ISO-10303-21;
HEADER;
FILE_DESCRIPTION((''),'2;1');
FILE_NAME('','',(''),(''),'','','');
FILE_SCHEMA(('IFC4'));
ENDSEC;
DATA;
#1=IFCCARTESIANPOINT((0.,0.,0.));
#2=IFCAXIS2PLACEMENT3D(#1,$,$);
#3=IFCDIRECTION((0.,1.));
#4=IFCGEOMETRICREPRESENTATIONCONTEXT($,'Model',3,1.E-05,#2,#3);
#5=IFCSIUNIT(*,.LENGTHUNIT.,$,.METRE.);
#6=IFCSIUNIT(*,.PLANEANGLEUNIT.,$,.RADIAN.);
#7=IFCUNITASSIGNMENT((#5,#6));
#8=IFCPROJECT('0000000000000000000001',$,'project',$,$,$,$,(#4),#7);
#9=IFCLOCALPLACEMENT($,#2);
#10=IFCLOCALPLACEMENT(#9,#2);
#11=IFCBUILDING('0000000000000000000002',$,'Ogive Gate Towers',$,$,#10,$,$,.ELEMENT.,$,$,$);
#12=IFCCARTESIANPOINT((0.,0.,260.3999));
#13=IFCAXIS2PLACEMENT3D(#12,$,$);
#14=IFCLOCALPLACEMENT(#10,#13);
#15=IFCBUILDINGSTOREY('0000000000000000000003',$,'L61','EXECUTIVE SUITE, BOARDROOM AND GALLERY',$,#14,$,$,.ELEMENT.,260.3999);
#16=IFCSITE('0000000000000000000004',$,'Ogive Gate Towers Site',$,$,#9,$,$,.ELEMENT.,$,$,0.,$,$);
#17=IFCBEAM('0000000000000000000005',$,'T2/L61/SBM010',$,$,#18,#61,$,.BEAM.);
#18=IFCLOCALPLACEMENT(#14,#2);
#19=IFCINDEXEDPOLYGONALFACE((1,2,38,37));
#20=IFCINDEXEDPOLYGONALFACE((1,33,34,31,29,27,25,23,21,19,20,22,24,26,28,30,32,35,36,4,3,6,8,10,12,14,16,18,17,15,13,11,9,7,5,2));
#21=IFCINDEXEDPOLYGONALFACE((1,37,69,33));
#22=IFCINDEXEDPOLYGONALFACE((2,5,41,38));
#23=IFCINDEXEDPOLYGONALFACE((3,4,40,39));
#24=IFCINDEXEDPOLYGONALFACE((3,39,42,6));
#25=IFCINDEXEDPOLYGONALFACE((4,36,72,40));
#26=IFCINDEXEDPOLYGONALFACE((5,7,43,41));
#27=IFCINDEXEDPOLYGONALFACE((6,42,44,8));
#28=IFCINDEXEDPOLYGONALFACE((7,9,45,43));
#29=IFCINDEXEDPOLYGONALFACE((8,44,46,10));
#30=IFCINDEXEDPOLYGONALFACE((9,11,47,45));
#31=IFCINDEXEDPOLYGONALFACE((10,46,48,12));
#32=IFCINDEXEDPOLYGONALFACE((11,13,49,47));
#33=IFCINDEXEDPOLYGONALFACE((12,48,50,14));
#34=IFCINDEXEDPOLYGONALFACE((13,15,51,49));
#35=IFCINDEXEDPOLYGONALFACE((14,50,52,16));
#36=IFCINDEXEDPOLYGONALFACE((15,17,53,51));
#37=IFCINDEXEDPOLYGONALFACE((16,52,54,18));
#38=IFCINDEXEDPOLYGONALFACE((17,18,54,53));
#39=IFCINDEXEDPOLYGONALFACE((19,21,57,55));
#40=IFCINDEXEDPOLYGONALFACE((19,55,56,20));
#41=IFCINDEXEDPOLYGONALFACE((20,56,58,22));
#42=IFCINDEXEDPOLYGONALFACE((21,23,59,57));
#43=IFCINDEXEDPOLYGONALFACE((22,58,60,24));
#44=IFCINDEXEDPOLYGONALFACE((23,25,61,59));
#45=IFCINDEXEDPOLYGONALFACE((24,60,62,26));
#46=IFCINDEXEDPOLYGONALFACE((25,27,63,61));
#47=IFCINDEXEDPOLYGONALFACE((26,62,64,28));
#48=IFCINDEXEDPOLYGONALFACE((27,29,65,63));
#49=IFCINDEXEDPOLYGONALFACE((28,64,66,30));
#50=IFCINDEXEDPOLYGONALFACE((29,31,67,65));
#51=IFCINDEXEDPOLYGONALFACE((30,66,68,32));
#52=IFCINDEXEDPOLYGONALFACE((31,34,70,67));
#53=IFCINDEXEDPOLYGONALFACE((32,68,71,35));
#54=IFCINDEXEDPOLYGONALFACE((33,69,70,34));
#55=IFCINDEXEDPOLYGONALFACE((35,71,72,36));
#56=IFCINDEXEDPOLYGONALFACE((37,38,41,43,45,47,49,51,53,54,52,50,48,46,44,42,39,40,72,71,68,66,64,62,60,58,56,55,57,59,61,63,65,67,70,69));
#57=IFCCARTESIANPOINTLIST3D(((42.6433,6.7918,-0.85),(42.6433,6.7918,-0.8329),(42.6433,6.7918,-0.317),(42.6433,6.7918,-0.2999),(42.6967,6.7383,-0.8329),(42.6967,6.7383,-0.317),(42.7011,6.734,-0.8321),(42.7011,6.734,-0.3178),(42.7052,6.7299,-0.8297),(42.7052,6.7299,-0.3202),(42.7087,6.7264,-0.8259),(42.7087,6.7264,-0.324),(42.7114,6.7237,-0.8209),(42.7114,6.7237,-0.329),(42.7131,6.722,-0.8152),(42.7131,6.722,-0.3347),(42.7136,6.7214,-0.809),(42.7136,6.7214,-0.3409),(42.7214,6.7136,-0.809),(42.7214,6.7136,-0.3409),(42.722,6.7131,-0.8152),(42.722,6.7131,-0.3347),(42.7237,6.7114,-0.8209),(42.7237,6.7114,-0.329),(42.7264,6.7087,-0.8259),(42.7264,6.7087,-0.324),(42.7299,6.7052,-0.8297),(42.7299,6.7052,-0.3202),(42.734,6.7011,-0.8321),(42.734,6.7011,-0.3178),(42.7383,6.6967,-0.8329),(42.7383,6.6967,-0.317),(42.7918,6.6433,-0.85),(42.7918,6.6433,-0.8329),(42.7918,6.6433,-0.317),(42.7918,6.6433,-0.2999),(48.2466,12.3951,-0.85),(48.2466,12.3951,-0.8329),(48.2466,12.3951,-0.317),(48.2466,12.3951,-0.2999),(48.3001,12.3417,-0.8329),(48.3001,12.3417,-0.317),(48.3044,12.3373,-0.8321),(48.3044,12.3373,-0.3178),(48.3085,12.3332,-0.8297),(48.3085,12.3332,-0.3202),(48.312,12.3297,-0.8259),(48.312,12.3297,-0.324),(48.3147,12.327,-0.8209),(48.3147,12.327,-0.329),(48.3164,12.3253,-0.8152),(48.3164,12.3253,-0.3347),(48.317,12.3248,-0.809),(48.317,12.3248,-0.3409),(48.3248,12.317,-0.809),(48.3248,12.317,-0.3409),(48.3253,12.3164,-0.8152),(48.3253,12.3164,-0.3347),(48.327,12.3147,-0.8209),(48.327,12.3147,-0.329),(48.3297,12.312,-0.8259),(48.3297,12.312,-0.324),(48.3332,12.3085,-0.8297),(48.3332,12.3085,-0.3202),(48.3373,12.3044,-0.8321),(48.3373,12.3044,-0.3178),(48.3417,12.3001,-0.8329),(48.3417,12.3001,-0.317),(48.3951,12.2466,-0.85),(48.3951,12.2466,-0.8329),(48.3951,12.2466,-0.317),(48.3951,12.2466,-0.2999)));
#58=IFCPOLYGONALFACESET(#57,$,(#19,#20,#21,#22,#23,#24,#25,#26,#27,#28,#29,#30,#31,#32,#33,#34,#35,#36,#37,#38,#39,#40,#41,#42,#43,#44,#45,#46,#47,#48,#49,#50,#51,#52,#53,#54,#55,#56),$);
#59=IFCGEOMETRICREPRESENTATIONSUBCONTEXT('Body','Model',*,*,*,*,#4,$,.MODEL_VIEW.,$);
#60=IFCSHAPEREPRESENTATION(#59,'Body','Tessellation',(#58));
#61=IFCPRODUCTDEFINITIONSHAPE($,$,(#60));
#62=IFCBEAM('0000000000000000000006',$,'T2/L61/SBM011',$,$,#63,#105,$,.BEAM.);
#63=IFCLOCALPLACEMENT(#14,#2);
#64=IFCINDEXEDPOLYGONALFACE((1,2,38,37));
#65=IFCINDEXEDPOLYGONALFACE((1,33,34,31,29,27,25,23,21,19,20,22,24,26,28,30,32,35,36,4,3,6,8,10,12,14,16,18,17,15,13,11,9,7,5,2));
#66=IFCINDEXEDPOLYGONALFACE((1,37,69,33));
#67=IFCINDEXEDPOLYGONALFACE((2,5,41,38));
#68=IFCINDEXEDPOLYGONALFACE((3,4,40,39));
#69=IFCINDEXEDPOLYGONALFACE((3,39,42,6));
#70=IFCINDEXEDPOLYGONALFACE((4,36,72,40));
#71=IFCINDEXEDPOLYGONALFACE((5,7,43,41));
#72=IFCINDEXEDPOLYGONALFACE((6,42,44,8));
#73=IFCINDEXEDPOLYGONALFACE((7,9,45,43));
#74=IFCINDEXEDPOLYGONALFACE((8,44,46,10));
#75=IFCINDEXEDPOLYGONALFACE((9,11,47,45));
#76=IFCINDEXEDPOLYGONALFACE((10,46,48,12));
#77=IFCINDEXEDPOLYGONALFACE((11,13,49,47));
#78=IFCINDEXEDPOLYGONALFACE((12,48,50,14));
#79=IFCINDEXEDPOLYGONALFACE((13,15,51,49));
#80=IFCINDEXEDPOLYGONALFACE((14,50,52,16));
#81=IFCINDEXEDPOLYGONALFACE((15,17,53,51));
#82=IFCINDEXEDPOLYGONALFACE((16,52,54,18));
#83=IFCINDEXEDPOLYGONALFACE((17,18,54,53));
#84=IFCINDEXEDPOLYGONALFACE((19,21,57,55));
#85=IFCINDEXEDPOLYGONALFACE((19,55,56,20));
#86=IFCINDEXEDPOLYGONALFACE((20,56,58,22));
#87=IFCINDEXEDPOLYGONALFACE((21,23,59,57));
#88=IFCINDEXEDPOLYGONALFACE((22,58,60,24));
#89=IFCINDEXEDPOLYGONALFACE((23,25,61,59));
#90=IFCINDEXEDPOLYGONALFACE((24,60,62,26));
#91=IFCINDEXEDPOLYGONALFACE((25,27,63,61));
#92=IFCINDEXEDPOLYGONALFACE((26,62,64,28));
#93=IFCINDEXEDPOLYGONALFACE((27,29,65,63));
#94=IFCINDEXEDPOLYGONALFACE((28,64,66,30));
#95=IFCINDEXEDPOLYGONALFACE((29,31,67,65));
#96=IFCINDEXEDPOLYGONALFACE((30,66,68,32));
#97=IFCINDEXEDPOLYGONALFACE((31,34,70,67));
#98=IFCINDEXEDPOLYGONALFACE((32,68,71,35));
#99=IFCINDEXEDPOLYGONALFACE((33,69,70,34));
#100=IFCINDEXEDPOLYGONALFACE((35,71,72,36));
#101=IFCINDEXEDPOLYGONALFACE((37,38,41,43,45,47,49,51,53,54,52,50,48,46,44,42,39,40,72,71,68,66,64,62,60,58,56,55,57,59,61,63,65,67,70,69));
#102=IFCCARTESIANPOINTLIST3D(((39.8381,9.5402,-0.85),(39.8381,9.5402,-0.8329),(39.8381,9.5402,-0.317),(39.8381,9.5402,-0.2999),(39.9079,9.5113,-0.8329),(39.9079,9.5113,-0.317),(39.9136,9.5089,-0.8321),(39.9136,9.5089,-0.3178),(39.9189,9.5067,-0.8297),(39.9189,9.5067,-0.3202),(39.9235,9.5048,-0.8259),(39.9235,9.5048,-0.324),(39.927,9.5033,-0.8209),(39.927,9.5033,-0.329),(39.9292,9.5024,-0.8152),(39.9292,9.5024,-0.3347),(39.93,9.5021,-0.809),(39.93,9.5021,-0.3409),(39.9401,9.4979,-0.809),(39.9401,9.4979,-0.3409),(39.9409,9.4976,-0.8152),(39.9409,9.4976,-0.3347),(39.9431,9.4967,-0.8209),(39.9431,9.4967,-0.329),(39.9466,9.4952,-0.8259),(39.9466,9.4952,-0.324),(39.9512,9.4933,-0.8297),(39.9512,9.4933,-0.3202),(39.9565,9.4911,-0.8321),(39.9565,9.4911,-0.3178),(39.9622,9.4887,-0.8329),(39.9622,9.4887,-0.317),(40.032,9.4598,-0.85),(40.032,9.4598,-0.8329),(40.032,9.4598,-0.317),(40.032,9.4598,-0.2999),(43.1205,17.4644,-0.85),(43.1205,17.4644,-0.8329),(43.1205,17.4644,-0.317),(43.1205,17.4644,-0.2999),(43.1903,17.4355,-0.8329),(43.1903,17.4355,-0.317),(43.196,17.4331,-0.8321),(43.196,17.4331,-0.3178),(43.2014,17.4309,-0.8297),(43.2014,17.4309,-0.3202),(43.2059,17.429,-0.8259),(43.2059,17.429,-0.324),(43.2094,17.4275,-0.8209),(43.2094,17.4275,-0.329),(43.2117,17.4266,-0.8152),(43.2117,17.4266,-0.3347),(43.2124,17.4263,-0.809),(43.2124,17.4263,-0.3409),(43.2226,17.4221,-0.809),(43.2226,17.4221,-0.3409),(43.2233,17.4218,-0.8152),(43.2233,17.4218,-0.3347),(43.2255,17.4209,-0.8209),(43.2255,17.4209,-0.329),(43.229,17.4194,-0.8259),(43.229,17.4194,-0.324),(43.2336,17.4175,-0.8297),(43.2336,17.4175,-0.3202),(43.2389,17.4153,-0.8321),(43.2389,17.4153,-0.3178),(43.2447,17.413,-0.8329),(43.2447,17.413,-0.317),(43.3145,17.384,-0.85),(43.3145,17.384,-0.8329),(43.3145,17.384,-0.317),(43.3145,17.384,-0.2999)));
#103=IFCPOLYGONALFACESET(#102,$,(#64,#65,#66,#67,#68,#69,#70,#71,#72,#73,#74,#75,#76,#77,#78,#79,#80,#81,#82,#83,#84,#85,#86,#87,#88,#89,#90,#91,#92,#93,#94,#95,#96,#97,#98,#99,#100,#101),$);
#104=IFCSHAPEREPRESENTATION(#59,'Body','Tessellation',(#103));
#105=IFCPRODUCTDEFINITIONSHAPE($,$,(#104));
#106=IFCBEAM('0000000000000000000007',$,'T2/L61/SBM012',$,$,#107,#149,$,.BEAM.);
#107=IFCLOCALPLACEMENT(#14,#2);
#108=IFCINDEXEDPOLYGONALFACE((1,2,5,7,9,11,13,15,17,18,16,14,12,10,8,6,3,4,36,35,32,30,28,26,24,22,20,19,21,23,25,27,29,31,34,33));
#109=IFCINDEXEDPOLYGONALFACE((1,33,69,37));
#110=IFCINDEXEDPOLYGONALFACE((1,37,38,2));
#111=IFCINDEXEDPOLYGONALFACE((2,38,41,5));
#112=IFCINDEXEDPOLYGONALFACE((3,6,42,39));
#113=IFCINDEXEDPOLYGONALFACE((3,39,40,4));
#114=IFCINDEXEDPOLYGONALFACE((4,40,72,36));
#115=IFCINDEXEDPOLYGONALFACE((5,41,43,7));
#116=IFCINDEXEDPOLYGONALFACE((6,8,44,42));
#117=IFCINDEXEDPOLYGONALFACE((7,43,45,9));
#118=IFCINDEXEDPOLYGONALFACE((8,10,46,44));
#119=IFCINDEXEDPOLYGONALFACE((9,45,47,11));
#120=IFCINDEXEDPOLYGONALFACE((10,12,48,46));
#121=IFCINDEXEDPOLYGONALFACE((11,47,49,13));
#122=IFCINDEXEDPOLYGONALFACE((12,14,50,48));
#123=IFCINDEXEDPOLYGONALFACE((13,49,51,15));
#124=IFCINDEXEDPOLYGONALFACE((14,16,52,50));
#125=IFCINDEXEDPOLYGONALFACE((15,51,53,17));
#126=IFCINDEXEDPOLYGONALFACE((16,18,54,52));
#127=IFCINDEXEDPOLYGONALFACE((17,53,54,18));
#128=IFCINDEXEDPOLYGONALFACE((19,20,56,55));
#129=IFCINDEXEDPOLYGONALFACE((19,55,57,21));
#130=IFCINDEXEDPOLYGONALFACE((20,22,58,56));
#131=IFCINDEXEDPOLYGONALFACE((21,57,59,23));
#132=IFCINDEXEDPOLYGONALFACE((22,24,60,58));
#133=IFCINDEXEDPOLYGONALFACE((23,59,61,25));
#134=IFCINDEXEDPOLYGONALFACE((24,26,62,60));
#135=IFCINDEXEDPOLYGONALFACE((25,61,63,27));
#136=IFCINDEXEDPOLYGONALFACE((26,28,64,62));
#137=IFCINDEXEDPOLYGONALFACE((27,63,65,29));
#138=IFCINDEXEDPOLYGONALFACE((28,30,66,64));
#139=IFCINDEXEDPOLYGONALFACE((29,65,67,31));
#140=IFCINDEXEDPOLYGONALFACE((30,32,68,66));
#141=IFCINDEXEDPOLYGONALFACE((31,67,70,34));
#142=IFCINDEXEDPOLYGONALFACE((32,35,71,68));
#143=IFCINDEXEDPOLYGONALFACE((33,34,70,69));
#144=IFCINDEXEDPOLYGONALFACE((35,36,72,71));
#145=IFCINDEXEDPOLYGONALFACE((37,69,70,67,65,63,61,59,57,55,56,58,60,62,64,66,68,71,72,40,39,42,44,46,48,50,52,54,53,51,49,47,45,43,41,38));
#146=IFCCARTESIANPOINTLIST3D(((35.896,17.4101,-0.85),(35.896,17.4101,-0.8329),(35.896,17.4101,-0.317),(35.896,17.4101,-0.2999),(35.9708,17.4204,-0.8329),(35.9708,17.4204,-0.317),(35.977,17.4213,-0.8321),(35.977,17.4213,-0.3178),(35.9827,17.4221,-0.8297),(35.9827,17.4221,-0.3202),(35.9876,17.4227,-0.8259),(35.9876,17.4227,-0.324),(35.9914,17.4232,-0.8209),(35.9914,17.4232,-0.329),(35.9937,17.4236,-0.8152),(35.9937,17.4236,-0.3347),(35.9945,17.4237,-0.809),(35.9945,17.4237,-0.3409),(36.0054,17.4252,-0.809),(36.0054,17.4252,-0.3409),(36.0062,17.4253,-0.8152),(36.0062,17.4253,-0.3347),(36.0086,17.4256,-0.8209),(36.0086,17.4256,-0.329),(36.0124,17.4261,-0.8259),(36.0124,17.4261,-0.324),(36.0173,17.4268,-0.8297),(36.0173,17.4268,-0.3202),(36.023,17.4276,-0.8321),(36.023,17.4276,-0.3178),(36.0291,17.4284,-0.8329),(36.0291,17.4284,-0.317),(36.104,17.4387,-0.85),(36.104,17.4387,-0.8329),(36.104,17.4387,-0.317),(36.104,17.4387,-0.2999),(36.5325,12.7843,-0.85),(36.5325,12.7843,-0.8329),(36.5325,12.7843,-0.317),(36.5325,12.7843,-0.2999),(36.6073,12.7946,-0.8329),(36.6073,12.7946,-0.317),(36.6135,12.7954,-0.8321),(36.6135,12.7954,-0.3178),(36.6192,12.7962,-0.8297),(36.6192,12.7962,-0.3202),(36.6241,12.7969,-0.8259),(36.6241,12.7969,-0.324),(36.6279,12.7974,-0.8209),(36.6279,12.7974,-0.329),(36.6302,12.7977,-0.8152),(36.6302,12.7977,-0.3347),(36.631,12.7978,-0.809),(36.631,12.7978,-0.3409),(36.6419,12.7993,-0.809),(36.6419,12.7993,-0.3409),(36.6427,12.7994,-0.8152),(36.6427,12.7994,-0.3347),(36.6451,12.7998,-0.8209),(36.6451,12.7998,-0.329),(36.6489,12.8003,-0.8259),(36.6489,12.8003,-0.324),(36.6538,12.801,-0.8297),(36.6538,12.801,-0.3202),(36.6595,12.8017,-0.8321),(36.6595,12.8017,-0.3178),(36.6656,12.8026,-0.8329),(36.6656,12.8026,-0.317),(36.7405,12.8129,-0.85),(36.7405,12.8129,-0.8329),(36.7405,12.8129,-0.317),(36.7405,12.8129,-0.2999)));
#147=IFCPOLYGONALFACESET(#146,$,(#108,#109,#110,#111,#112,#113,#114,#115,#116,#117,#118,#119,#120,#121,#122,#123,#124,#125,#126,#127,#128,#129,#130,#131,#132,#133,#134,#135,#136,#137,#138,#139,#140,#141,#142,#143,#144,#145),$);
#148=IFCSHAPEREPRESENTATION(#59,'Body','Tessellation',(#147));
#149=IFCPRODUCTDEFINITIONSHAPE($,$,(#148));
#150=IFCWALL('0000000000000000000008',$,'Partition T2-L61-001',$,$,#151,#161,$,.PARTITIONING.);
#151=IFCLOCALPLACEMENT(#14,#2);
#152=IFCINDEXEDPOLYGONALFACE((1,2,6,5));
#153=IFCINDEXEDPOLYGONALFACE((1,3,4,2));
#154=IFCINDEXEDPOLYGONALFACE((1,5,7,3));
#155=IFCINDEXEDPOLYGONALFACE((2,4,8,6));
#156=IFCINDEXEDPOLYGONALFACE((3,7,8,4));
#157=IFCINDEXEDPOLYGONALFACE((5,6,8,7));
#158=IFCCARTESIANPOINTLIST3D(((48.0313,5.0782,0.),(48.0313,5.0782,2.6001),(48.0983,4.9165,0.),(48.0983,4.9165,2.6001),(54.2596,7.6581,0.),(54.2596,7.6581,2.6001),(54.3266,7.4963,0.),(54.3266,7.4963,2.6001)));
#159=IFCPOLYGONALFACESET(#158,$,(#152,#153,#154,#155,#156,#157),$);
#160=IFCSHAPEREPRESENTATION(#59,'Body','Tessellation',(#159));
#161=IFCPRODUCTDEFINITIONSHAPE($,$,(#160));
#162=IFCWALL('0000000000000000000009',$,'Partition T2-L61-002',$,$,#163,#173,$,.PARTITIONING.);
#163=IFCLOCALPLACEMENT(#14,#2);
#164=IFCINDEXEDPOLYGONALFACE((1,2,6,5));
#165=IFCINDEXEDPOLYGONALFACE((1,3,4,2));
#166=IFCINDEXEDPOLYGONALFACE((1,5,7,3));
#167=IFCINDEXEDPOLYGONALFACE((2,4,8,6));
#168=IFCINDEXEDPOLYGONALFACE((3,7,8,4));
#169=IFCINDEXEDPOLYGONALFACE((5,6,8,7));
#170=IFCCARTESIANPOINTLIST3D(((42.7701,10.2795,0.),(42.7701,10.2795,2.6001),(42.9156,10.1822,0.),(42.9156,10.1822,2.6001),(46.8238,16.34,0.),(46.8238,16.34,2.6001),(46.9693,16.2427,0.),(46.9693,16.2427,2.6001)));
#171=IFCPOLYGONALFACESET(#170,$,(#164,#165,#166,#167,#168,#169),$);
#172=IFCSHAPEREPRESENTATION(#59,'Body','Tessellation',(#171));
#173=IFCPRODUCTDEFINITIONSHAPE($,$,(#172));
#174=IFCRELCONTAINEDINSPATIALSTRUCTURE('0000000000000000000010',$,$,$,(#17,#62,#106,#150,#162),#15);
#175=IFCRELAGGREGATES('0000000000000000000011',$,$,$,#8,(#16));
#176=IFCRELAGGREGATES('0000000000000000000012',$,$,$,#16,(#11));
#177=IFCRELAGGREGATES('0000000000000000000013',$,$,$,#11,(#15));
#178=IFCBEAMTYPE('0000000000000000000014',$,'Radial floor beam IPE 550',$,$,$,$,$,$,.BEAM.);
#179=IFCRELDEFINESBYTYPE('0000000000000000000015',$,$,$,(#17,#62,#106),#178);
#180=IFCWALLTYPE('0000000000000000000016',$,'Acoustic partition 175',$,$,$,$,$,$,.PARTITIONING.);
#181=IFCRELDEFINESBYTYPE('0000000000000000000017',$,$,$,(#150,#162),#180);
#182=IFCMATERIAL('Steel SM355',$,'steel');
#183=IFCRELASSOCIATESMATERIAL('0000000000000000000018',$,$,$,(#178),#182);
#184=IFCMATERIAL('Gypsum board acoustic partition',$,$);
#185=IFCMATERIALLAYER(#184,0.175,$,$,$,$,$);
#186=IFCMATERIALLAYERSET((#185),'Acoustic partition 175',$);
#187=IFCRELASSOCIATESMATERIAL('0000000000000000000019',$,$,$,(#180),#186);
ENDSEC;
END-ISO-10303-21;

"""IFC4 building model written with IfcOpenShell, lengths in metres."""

from ifc_helpers import new_model, si_unit, direction, frame, frame_2d, origin, origin_2d, place, context, subcontext, project, spatial, rectangle, i_section, extrude, material, layer, layer_set, material_profile, profile_set, type_object, element, save


model = new_model("IFC4")

# Units and contexts
model_context = context("Model", 3, precision=1e-05, world=origin(), true_north=direction((0.0, 1.0)))
body_context = subcontext(model_context, "Body", "Model", "MODEL_VIEW")
ifc_project = project(units=[si_unit("LENGTHUNIT", "METRE"), si_unit("PLANEANGLEUNIT", "RADIAN")], contexts=[model_context])

# Site, building, storey
site_placement = place(None, origin())
site = spatial("IfcSite", under=ifc_project, at=site_placement, Name="Ogive Gate Towers Site", CompositionType="ELEMENT", RefElevation=0.0)
building_placement = place(site_placement, origin())
building = spatial("IfcBuilding", under=site, at=building_placement, Name="Ogive Gate Towers", CompositionType="ELEMENT")
storey_placement = place(building_placement, frame((0.0, 0.0, 260.3999)))
storey = spatial("IfcBuildingStorey", under=building, at=storey_placement, Name="L61", Description="EXECUTIVE SUITE, BOARDROOM AND GALLERY", CompositionType="ELEMENT", Elevation=260.3999)

# Beams
ifc_material_1 = material(Name="Steel SM355", Category="steel")
ifc_material_profile_1 = material_profile(ifc_material_1, i_section(OverallWidth=0.21, OverallDepth=0.55, WebThickness=0.011, FlangeThickness=0.0171, FilletRadius=0.0239, at=origin_2d()), Name="IPE 550")
ifc_profile_set_1 = profile_set([ifc_material_profile_1], Name="Steel SM355")
beam_type_1 = type_object("IfcBeamType", Name="Radial floor beam IPE 550", PredefinedType="BEAM", material=ifc_profile_set_1)
beam_1_placement = place(storey_placement, frame((42.7175, 6.7175, -0.575), z_axis=(0.707107, 0.707107, 0.0), x_axis=(-0.707107, 0.707107, 0.0)))
element("IfcBeam", 1, at=beam_1_placement, inside=storey, type_object=beam_type_1, Name="T2/L61/SBM010", PredefinedType="BEAM", context=body_context, shape_type="SweptSolid", body=[
    extrude(i_section(OverallWidth=0.21, OverallDepth=0.55, WebThickness=0.011, FlangeThickness=0.0171, FilletRadius=0.0239, at=origin_2d()), origin(), (0.0, 0.0, 1.0), 7.9243),
])
beam_2_placement = place(storey_placement, frame((39.9351, 9.5, -0.575), z_axis=(0.382695, 0.923875, 0.0), x_axis=(-0.923875, 0.382695, 0.0)))
element("IfcBeam", 2, at=beam_2_placement, inside=storey, type_object=beam_type_1, Name="T2/L61/SBM011", PredefinedType="BEAM", context=body_context, shape_type="SweptSolid", body=[
    extrude(i_section(OverallWidth=0.21, OverallDepth=0.55, WebThickness=0.011, FlangeThickness=0.0171, FilletRadius=0.0239, at=origin_2d()), origin(), (0.0, 0.0, 1.0), 8.5771),
])
beam_3_placement = place(storey_placement, frame((36.6365, 12.7986, -0.575), z_axis=(-0.13631, 0.990666, 0.0), x_axis=(-0.990666, -0.13631, 0.0)))
element("IfcBeam", 3, at=beam_3_placement, inside=storey, type_object=beam_type_1, Name="T2/L61/SBM012", PredefinedType="BEAM", context=body_context, shape_type="SweptSolid", body=[
    extrude(i_section(OverallWidth=0.21, OverallDepth=0.55, WebThickness=0.011, FlangeThickness=0.0171, FilletRadius=0.0239, at=origin_2d()), origin(), (0.0, 0.0, 1.0), 4.6694),
])

# Walls
ifc_material_2 = material(Name="Gypsum board acoustic partition")
ifc_layer_1 = layer(ifc_material_2, 0.175)
ifc_layer_set_1 = layer_set([ifc_layer_1], Name="Acoustic partition 175")
wall_type_1 = type_object("IfcWallType", Name="Acoustic partition 175", PredefinedType="PARTITIONING", material=ifc_layer_set_1)
wall_1_placement = place(storey_placement, frame((54.293, 7.5771, 0.0), z_axis=(0.0, 0.0, 1.0), x_axis=(-0.92388, -0.382683, 0.0)))
element("IfcWall", 4, at=wall_1_placement, inside=storey, type_object=wall_type_1, Name="Partition T2-L61-001", PredefinedType="PARTITIONING", context=body_context, shape_type="SweptSolid", body=[
    extrude(rectangle(XDim=6.7415, YDim=0.175, at=frame_2d((3.3706, 0.0))), origin(), (0.0, 0.0, 1.0), 2.6001),
])
wall_2_placement = place(storey_placement, frame((46.8965, 16.2913, 0.0), z_axis=(0.0, 0.0, 1.0), x_axis=(-0.555967, -0.831205, 0.0)))
element("IfcWall", 5, at=wall_2_placement, inside=storey, type_object=wall_type_1, Name="Partition T2-L61-002", PredefinedType="PARTITIONING", context=body_context, shape_type="SweptSolid", body=[
    extrude(rectangle(XDim=7.2913, YDim=0.175, at=frame_2d((3.6455, 0.0))), origin(), (0.0, 0.0, 1.0), 2.6001),
])

save(model, "model.ifc")
